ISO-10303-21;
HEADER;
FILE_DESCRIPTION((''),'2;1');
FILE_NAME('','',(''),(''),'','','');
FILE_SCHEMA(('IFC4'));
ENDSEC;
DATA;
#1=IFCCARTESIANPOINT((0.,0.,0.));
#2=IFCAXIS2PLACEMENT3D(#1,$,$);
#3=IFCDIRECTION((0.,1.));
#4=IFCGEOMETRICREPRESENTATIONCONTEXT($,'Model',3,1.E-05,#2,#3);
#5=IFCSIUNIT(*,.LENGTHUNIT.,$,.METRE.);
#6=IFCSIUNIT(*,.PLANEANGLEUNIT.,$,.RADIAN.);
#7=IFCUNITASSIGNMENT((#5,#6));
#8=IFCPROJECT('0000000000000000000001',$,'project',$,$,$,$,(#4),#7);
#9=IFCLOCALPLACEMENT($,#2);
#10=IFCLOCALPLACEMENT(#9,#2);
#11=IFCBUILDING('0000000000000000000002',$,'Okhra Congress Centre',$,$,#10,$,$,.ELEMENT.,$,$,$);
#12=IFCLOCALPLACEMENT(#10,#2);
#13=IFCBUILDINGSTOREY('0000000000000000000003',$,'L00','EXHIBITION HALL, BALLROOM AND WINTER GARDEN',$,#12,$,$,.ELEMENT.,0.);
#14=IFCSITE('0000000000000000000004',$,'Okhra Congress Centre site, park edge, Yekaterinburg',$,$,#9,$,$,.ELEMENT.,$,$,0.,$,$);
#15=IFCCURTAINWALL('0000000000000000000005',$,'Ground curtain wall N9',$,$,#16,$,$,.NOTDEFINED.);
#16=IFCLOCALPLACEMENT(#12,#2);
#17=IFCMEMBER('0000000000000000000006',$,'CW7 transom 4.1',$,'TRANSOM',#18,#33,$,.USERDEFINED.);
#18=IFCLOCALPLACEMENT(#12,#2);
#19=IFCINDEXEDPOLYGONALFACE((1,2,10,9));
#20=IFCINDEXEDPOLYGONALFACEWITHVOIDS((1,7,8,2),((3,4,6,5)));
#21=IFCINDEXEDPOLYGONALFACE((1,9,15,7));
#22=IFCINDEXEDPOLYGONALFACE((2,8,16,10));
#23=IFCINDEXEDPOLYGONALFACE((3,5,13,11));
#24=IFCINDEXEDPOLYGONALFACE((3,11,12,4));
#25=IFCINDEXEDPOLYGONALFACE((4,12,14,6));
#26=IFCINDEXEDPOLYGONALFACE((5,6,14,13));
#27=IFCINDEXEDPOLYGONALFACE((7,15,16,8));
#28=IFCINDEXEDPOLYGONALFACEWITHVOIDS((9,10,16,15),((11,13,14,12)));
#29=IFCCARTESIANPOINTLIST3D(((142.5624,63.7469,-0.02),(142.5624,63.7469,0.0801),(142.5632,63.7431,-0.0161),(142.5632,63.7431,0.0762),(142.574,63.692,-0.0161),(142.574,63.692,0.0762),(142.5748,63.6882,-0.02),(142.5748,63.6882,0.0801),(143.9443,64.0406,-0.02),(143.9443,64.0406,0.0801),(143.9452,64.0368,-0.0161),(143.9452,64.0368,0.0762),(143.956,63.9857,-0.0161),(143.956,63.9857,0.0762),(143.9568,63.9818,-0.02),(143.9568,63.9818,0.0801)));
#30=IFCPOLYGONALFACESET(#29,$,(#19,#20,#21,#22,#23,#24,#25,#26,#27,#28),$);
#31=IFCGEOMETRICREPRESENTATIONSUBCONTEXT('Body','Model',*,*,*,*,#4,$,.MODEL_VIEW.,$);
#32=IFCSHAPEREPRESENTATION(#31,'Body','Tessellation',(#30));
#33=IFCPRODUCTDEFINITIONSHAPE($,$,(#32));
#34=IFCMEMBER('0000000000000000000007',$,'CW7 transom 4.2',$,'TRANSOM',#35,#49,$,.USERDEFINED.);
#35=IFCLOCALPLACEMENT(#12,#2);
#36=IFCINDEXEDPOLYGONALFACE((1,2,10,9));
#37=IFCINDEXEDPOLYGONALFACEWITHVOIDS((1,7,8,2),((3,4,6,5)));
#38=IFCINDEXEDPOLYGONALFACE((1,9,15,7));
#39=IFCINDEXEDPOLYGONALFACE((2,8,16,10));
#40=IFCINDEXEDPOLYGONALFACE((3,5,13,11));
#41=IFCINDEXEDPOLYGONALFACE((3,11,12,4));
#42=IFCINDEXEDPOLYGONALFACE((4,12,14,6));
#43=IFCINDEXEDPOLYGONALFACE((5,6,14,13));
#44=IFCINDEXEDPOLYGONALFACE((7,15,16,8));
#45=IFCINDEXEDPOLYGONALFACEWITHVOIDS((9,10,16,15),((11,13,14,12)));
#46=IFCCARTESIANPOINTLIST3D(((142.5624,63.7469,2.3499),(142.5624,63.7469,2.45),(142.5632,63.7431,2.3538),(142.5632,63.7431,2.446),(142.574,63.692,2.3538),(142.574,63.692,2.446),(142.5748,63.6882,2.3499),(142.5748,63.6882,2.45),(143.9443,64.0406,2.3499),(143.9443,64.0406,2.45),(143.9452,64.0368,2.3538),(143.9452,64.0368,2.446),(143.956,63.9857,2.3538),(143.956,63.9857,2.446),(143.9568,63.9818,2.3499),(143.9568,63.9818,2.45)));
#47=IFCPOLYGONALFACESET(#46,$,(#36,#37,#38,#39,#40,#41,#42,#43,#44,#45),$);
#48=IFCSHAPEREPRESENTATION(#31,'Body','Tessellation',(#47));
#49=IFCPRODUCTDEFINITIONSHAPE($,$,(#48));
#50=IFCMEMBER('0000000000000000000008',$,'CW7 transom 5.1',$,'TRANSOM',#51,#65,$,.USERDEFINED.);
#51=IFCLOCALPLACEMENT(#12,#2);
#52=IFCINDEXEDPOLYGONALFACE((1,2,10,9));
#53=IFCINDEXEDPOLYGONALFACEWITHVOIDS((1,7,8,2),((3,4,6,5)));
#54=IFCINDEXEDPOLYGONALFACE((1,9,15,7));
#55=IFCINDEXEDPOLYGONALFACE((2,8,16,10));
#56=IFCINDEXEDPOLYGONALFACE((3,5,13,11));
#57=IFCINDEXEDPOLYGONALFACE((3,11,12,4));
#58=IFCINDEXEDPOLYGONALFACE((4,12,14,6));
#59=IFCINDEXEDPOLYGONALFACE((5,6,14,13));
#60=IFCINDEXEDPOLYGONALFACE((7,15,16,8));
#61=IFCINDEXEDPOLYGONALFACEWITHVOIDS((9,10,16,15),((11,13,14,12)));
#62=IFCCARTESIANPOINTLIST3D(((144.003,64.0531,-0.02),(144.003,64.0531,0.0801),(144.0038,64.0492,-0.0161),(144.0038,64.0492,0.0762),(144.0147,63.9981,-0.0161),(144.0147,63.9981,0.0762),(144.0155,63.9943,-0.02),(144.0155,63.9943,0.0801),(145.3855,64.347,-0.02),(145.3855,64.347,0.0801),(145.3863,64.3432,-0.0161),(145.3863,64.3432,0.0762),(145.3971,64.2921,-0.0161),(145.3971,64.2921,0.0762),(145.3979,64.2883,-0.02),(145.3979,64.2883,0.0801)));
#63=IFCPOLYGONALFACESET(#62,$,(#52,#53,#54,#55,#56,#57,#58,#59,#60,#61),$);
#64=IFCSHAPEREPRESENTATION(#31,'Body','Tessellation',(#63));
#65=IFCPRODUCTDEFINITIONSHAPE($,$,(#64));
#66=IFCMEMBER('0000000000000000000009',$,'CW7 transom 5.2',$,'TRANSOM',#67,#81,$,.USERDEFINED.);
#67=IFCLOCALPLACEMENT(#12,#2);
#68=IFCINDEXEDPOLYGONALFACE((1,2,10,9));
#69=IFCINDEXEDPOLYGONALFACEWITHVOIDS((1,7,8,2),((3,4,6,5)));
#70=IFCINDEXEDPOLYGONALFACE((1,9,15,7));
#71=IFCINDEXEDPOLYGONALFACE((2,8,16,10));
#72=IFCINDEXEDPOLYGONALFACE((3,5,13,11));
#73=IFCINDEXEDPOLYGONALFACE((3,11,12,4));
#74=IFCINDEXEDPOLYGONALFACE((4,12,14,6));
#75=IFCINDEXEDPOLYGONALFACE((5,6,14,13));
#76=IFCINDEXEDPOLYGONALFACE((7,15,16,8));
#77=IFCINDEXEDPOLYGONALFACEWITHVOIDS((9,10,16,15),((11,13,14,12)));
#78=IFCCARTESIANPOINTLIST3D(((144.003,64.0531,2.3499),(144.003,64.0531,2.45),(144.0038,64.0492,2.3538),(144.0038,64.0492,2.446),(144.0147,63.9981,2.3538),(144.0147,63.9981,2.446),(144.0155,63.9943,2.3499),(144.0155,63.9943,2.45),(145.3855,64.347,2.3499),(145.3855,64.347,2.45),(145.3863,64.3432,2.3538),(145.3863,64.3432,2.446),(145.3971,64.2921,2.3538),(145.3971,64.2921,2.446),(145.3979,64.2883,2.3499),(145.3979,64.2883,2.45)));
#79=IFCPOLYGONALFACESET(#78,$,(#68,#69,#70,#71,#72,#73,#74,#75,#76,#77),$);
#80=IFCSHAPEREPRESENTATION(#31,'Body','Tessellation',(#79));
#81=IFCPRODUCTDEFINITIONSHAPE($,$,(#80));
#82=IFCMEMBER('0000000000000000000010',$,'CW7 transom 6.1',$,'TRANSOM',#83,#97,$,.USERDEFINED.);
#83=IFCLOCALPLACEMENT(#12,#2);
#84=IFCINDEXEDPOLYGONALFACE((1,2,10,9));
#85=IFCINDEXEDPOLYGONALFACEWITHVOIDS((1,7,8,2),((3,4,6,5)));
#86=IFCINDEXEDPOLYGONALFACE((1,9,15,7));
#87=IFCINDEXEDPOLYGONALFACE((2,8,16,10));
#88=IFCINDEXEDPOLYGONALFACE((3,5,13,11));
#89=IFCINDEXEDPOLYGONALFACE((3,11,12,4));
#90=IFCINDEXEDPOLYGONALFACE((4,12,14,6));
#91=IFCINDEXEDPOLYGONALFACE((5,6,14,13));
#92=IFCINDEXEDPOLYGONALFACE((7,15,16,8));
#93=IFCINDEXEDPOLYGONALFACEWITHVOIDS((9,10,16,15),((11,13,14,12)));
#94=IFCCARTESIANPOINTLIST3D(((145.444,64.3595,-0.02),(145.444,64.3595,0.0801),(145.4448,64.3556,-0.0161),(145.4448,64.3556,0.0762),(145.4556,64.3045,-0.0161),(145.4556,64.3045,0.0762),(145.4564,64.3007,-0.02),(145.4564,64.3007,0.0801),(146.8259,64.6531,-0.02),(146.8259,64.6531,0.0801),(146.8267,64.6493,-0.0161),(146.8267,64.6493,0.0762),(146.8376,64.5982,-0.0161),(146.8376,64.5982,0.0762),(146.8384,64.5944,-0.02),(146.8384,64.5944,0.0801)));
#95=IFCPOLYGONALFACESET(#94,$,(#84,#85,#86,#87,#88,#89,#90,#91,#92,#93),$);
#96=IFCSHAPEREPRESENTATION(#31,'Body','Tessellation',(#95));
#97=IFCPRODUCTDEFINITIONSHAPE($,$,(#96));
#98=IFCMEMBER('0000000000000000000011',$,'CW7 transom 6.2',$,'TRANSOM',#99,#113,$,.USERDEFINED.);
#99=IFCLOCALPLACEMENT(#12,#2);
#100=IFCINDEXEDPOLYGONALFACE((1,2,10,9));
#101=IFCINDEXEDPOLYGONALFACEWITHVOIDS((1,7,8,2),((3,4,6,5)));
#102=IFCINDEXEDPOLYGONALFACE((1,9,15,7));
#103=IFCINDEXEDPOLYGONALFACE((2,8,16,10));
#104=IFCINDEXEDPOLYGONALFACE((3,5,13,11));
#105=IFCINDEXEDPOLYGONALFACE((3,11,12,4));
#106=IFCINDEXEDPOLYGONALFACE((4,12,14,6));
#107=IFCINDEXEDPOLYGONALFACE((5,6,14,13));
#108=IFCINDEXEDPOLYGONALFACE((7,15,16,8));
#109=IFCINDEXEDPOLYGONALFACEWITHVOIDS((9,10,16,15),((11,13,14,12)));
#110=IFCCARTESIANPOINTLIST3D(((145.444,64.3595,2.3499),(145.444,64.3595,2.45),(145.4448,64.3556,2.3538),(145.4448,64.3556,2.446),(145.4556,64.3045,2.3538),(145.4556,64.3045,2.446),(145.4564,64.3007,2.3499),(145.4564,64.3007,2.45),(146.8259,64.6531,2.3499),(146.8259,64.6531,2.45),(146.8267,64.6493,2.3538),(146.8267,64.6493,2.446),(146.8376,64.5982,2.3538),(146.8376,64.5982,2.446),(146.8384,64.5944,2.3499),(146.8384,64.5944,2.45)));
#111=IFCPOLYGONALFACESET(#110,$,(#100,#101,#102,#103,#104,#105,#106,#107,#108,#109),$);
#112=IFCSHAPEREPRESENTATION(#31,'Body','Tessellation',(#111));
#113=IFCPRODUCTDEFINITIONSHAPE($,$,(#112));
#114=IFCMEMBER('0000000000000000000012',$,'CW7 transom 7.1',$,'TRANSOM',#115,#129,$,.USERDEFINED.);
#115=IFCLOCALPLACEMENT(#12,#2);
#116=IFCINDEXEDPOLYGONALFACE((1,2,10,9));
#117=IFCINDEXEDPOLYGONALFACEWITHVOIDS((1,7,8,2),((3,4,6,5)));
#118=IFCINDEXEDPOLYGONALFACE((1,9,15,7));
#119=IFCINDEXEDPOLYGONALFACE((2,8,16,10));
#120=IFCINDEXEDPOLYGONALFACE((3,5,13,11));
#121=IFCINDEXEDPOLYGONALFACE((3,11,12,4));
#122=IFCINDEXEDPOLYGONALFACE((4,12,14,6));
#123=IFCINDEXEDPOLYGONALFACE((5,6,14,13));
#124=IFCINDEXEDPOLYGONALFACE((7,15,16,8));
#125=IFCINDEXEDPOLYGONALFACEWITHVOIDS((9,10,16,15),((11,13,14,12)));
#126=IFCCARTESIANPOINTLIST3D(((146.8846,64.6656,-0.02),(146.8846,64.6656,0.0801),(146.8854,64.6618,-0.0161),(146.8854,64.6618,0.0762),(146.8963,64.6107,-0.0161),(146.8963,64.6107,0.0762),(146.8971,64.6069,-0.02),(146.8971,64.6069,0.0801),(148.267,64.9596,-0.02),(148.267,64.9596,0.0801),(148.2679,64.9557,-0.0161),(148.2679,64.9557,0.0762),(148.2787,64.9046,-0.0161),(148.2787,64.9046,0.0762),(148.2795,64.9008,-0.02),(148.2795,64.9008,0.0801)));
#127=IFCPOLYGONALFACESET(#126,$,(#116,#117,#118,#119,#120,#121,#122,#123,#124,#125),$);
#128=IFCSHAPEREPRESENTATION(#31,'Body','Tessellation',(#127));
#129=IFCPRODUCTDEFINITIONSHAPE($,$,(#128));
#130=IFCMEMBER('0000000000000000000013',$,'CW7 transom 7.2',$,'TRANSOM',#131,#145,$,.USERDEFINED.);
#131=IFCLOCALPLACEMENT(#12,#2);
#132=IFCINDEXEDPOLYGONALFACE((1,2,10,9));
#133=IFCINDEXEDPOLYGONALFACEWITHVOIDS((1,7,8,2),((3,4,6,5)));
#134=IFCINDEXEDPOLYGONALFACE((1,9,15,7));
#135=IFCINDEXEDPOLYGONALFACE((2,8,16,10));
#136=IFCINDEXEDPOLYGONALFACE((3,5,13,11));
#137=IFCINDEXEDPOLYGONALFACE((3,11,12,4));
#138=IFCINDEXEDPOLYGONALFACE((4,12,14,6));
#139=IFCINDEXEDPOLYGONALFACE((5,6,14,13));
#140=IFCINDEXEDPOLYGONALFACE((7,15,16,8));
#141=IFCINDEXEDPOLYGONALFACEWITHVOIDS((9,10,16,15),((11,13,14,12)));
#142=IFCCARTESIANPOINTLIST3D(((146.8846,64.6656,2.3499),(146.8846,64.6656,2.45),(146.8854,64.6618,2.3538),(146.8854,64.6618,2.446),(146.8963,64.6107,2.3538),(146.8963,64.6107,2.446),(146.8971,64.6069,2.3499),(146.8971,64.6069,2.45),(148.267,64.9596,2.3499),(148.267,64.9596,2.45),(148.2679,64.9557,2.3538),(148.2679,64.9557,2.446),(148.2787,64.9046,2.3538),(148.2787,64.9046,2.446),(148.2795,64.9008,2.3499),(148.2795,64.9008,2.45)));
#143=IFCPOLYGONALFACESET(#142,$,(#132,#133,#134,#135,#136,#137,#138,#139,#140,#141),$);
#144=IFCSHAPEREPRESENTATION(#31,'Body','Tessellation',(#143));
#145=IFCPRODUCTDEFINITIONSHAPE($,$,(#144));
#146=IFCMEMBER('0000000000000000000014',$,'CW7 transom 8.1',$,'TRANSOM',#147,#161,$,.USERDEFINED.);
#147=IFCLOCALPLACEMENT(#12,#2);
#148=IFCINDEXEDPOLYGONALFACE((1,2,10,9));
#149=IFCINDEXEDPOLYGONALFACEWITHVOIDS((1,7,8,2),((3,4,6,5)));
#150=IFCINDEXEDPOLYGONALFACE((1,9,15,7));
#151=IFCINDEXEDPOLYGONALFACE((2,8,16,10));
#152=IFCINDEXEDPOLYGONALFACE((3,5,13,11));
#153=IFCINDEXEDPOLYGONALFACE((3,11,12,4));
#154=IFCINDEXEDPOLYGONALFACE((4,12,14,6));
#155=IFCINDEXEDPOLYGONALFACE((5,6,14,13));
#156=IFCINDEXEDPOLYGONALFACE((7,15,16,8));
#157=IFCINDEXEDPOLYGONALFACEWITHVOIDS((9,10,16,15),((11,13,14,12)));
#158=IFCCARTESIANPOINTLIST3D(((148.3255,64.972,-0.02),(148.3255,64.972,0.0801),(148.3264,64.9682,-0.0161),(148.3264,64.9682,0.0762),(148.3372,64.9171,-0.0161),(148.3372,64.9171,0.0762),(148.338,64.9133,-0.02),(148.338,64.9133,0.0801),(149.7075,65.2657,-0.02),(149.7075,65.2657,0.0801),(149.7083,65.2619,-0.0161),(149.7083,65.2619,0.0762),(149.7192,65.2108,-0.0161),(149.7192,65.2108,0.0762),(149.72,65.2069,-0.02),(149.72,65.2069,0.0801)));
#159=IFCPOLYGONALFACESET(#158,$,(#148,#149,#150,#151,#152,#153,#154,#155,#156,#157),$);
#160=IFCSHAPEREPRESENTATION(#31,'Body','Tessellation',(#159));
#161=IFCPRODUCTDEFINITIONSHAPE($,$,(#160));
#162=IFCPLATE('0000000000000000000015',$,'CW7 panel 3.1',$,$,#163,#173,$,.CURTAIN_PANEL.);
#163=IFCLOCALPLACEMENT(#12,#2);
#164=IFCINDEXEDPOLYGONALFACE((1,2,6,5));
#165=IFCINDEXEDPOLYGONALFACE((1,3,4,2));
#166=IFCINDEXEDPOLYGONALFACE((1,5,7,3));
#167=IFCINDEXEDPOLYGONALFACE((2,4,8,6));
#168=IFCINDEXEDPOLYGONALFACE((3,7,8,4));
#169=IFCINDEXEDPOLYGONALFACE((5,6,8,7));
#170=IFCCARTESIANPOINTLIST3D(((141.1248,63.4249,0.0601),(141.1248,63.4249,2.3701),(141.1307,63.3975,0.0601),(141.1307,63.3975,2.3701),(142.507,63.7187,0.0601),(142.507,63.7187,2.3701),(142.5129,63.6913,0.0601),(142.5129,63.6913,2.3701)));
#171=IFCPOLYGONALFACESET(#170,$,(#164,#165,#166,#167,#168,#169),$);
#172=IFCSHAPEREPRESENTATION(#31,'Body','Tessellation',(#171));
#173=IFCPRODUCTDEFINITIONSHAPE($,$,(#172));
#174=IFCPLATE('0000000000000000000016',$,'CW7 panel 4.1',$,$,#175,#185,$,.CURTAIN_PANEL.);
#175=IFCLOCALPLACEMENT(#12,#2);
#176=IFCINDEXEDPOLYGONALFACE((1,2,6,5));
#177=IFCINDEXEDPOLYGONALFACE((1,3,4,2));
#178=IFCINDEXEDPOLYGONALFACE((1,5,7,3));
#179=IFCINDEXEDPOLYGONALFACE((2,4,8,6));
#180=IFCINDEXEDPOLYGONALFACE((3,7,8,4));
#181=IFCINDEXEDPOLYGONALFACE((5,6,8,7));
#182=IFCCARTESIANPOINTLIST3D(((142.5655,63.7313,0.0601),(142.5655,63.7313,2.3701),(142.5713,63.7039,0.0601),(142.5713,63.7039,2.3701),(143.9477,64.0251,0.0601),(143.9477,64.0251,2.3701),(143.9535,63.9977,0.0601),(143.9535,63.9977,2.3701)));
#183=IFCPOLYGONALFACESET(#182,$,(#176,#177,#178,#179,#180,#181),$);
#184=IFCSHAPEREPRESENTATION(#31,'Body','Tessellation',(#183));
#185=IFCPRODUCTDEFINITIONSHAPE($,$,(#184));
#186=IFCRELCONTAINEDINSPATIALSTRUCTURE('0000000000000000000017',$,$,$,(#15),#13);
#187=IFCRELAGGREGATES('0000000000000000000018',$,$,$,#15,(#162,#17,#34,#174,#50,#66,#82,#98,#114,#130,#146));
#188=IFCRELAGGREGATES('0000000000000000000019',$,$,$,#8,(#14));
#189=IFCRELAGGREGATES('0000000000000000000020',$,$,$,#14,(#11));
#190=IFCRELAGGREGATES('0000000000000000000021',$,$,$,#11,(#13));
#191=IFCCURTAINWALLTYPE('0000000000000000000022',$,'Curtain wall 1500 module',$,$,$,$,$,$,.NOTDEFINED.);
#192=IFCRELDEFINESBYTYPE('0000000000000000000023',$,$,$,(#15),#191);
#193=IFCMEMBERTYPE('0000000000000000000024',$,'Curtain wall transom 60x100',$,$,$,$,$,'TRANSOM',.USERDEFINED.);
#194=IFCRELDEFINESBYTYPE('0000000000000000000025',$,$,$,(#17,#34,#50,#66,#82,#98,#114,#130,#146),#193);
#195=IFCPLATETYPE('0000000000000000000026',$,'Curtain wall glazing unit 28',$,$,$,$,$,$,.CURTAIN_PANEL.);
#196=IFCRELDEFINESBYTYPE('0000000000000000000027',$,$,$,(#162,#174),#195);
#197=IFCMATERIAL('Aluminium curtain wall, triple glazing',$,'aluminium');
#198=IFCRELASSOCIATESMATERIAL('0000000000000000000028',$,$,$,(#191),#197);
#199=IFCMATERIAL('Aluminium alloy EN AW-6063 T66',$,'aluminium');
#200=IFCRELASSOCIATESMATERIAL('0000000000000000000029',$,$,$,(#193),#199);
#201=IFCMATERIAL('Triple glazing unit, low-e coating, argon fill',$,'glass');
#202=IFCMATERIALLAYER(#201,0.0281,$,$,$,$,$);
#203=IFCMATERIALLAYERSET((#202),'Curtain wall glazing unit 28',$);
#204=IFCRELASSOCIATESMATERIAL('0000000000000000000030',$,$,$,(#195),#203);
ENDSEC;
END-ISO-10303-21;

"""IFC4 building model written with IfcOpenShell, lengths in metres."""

from ifc_helpers import new_model, si_unit, direction, frame, origin, origin_2d, place, context, subcontext, project, spatial, rectangle, hollow_rectangle, extrude, material, layer, layer_set, material_profile, profile_set, type_object, element, aggregate, save


model = new_model("IFC4")

# Units and contexts
model_context = context("Model", 3, precision=1e-05, world=origin(), true_north=direction((0.0, 1.0)))
body_context = subcontext(model_context, "Body", "Model", "MODEL_VIEW")
ifc_project = project(units=[si_unit("LENGTHUNIT", "METRE"), si_unit("PLANEANGLEUNIT", "RADIAN")], contexts=[model_context])

# Site, building, storey
site_placement = place(None, origin())
site = spatial("IfcSite", under=ifc_project, at=site_placement, Name="Okhra Congress Centre site, park edge, Yekaterinburg", CompositionType="ELEMENT", RefElevation=0.0)
building_placement = place(site_placement, origin())
building = spatial("IfcBuilding", under=site, at=building_placement, Name="Okhra Congress Centre", CompositionType="ELEMENT")
storey_placement = place(building_placement, origin())
storey = spatial("IfcBuildingStorey", under=building, at=storey_placement, Name="L00", Description="EXHIBITION HALL, BALLROOM AND WINTER GARDEN", CompositionType="ELEMENT", Elevation=0.0)

# Curtain wall, members, plates
ifc_material_1 = material(Name="Aluminium curtain wall, triple glazing", Category="aluminium")
curtain_wall_type = type_object("IfcCurtainWallType", Name="Curtain wall 1500 module", PredefinedType="NOTDEFINED", material=ifc_material_1)
curtain_wall_placement = place(storey_placement, origin())
curtain_wall = element("IfcCurtainWall", 1, at=curtain_wall_placement, inside=storey, type_object=curtain_wall_type, Name="Ground curtain wall N9", PredefinedType="NOTDEFINED")
ifc_material_2 = material(Name="Aluminium alloy EN AW-6063 T66", Category="aluminium")
ifc_material_profile_1 = material_profile(ifc_material_2, hollow_rectangle(XDim=0.0601, YDim=0.1001, WallThickness=0.0039, at=origin_2d()), Name="RHS 60x100x4")
ifc_profile_set_1 = profile_set([ifc_material_profile_1], Name="Aluminium alloy EN AW-6063 T66")
member_type_1 = type_object("IfcMemberType", Name="Curtain wall transom 60x100", ElementType="TRANSOM", PredefinedType="USERDEFINED", material=ifc_profile_set_1)
member_1_placement = place(storey_placement, frame((142.5686, 63.7175, 0.03), z_axis=(0.978158, 0.207865, 0.0), x_axis=(-0.207865, 0.978158, 0.0)))
member_1 = element("IfcMember", 2, at=member_1_placement, type_object=member_type_1, Name="CW7 transom 4.1", ObjectType="TRANSOM", PredefinedType="USERDEFINED", context=body_context, shape_type="SweptSolid", body=[
    extrude(hollow_rectangle(XDim=0.0601, YDim=0.1001, WallThickness=0.0039, at=origin_2d()), origin(), (0.0, 0.0, 1.0), 1.4128),
])
member_2_placement = place(storey_placement, frame((142.5686, 63.7175, 2.3999), z_axis=(0.978158, 0.207865, 0.0), x_axis=(-0.207865, 0.978158, 0.0)))
member_2 = element("IfcMember", 3, at=member_2_placement, type_object=member_type_1, Name="CW7 transom 4.2", ObjectType="TRANSOM", PredefinedType="USERDEFINED", context=body_context, shape_type="SweptSolid", body=[
    extrude(hollow_rectangle(XDim=0.0601, YDim=0.1001, WallThickness=0.0039, at=origin_2d()), origin(), (0.0, 0.0, 1.0), 1.4128),
])
member_3_placement = place(storey_placement, frame((144.0093, 64.0237, 0.03), z_axis=(0.97813, 0.207995, 0.0), x_axis=(-0.207995, 0.97813, 0.0)))
member_3 = element("IfcMember", 4, at=member_3_placement, type_object=member_type_1, Name="CW7 transom 5.1", ObjectType="TRANSOM", PredefinedType="USERDEFINED", context=body_context, shape_type="SweptSolid", body=[
    extrude(hollow_rectangle(XDim=0.0601, YDim=0.1001, WallThickness=0.0039, at=origin_2d()), origin(), (0.0, 0.0, 1.0), 1.4133),
])
member_4_placement = place(storey_placement, frame((144.0093, 64.0237, 2.3999), z_axis=(0.97813, 0.207995, 0.0), x_axis=(-0.207995, 0.97813, 0.0)))
member_4 = element("IfcMember", 5, at=member_4_placement, type_object=member_type_1, Name="CW7 transom 5.2", ObjectType="TRANSOM", PredefinedType="USERDEFINED", context=body_context, shape_type="SweptSolid", body=[
    extrude(hollow_rectangle(XDim=0.0601, YDim=0.1001, WallThickness=0.0039, at=origin_2d()), origin(), (0.0, 0.0, 1.0), 1.4133),
])
member_5_placement = place(storey_placement, frame((145.4502, 64.3301, 0.03), z_axis=(0.978158, 0.207865, 0.0), x_axis=(-0.207865, 0.978158, 0.0)))
member_5 = element("IfcMember", 6, at=member_5_placement, type_object=member_type_1, Name="CW7 transom 6.1", ObjectType="TRANSOM", PredefinedType="USERDEFINED", context=body_context, shape_type="SweptSolid", body=[
    extrude(hollow_rectangle(XDim=0.0601, YDim=0.1001, WallThickness=0.0039, at=origin_2d()), origin(), (0.0, 0.0, 1.0), 1.4128),
])
member_6_placement = place(storey_placement, frame((145.4502, 64.3301, 2.3999), z_axis=(0.978158, 0.207865, 0.0), x_axis=(-0.207865, 0.978158, 0.0)))
member_6 = element("IfcMember", 7, at=member_6_placement, type_object=member_type_1, Name="CW7 transom 6.2", ObjectType="TRANSOM", PredefinedType="USERDEFINED", context=body_context, shape_type="SweptSolid", body=[
    extrude(hollow_rectangle(XDim=0.0601, YDim=0.1001, WallThickness=0.0039, at=origin_2d()), origin(), (0.0, 0.0, 1.0), 1.4128),
])
member_7_placement = place(storey_placement, frame((146.8909, 64.6362, 0.03), z_axis=(0.97813, 0.207995, 0.0), x_axis=(-0.207995, 0.97813, 0.0)))
member_7 = element("IfcMember", 8, at=member_7_placement, type_object=member_type_1, Name="CW7 transom 7.1", ObjectType="TRANSOM", PredefinedType="USERDEFINED", context=body_context, shape_type="SweptSolid", body=[
    extrude(hollow_rectangle(XDim=0.0601, YDim=0.1001, WallThickness=0.0039, at=origin_2d()), origin(), (0.0, 0.0, 1.0), 1.4133),
])
member_8_placement = place(storey_placement, frame((146.8909, 64.6362, 2.3999), z_axis=(0.97813, 0.207995, 0.0), x_axis=(-0.207995, 0.97813, 0.0)))
member_8 = element("IfcMember", 9, at=member_8_placement, type_object=member_type_1, Name="CW7 transom 7.2", ObjectType="TRANSOM", PredefinedType="USERDEFINED", context=body_context, shape_type="SweptSolid", body=[
    extrude(hollow_rectangle(XDim=0.0601, YDim=0.1001, WallThickness=0.0039, at=origin_2d()), origin(), (0.0, 0.0, 1.0), 1.4133),
])
member_9_placement = place(storey_placement, frame((148.3318, 64.9426, 0.03), z_axis=(0.978158, 0.207865, 0.0), x_axis=(-0.207865, 0.978158, 0.0)))
member_9 = element("IfcMember", 10, at=member_9_placement, type_object=member_type_1, Name="CW7 transom 8.1", ObjectType="TRANSOM", PredefinedType="USERDEFINED", context=body_context, shape_type="SweptSolid", body=[
    extrude(hollow_rectangle(XDim=0.0601, YDim=0.1001, WallThickness=0.0039, at=origin_2d()), origin(), (0.0, 0.0, 1.0), 1.4128),
])
ifc_material_3 = material(Name="Triple glazing unit, low-e coating, argon fill", Category="glass")
ifc_layer_1 = layer(ifc_material_3, 0.0281)
ifc_layer_set_1 = layer_set([ifc_layer_1], Name="Curtain wall glazing unit 28")
plate_type = type_object("IfcPlateType", Name="Curtain wall glazing unit 28", PredefinedType="CURTAIN_PANEL", material=ifc_layer_set_1)
plate_1_placement = place(storey_placement, frame((141.8188, 63.5581, 0.0601), z_axis=(0.0, 0.0, 1.0), x_axis=(0.978148, 0.207912, 0.0)))
plate_1 = element("IfcPlate", 11, at=plate_1_placement, type_object=plate_type, Name="CW7 panel 3.1", PredefinedType="CURTAIN_PANEL", context=body_context, shape_type="SweptSolid", body=[
    extrude(rectangle(XDim=1.4131, YDim=0.0281, at=origin_2d()), origin(), (0.0, 0.0, 1.0), 2.3101),
])
plate_2_placement = place(storey_placement, frame((143.2595, 63.8645, 0.0601), z_axis=(0.0, 0.0, 1.0), x_axis=(0.978148, 0.207912, 0.0)))
plate_2 = element("IfcPlate", 12, at=plate_2_placement, type_object=plate_type, Name="CW7 panel 4.1", PredefinedType="CURTAIN_PANEL", context=body_context, shape_type="SweptSolid", body=[
    extrude(rectangle(XDim=1.4131, YDim=0.0281, at=origin_2d()), origin(), (0.0, 0.0, 1.0), 2.3101),
])
aggregate(curtain_wall, [plate_1, member_1, member_2, plate_2, member_3, member_4, member_5, member_6, member_7, member_8, member_9])

save(model, "model.ifc")
